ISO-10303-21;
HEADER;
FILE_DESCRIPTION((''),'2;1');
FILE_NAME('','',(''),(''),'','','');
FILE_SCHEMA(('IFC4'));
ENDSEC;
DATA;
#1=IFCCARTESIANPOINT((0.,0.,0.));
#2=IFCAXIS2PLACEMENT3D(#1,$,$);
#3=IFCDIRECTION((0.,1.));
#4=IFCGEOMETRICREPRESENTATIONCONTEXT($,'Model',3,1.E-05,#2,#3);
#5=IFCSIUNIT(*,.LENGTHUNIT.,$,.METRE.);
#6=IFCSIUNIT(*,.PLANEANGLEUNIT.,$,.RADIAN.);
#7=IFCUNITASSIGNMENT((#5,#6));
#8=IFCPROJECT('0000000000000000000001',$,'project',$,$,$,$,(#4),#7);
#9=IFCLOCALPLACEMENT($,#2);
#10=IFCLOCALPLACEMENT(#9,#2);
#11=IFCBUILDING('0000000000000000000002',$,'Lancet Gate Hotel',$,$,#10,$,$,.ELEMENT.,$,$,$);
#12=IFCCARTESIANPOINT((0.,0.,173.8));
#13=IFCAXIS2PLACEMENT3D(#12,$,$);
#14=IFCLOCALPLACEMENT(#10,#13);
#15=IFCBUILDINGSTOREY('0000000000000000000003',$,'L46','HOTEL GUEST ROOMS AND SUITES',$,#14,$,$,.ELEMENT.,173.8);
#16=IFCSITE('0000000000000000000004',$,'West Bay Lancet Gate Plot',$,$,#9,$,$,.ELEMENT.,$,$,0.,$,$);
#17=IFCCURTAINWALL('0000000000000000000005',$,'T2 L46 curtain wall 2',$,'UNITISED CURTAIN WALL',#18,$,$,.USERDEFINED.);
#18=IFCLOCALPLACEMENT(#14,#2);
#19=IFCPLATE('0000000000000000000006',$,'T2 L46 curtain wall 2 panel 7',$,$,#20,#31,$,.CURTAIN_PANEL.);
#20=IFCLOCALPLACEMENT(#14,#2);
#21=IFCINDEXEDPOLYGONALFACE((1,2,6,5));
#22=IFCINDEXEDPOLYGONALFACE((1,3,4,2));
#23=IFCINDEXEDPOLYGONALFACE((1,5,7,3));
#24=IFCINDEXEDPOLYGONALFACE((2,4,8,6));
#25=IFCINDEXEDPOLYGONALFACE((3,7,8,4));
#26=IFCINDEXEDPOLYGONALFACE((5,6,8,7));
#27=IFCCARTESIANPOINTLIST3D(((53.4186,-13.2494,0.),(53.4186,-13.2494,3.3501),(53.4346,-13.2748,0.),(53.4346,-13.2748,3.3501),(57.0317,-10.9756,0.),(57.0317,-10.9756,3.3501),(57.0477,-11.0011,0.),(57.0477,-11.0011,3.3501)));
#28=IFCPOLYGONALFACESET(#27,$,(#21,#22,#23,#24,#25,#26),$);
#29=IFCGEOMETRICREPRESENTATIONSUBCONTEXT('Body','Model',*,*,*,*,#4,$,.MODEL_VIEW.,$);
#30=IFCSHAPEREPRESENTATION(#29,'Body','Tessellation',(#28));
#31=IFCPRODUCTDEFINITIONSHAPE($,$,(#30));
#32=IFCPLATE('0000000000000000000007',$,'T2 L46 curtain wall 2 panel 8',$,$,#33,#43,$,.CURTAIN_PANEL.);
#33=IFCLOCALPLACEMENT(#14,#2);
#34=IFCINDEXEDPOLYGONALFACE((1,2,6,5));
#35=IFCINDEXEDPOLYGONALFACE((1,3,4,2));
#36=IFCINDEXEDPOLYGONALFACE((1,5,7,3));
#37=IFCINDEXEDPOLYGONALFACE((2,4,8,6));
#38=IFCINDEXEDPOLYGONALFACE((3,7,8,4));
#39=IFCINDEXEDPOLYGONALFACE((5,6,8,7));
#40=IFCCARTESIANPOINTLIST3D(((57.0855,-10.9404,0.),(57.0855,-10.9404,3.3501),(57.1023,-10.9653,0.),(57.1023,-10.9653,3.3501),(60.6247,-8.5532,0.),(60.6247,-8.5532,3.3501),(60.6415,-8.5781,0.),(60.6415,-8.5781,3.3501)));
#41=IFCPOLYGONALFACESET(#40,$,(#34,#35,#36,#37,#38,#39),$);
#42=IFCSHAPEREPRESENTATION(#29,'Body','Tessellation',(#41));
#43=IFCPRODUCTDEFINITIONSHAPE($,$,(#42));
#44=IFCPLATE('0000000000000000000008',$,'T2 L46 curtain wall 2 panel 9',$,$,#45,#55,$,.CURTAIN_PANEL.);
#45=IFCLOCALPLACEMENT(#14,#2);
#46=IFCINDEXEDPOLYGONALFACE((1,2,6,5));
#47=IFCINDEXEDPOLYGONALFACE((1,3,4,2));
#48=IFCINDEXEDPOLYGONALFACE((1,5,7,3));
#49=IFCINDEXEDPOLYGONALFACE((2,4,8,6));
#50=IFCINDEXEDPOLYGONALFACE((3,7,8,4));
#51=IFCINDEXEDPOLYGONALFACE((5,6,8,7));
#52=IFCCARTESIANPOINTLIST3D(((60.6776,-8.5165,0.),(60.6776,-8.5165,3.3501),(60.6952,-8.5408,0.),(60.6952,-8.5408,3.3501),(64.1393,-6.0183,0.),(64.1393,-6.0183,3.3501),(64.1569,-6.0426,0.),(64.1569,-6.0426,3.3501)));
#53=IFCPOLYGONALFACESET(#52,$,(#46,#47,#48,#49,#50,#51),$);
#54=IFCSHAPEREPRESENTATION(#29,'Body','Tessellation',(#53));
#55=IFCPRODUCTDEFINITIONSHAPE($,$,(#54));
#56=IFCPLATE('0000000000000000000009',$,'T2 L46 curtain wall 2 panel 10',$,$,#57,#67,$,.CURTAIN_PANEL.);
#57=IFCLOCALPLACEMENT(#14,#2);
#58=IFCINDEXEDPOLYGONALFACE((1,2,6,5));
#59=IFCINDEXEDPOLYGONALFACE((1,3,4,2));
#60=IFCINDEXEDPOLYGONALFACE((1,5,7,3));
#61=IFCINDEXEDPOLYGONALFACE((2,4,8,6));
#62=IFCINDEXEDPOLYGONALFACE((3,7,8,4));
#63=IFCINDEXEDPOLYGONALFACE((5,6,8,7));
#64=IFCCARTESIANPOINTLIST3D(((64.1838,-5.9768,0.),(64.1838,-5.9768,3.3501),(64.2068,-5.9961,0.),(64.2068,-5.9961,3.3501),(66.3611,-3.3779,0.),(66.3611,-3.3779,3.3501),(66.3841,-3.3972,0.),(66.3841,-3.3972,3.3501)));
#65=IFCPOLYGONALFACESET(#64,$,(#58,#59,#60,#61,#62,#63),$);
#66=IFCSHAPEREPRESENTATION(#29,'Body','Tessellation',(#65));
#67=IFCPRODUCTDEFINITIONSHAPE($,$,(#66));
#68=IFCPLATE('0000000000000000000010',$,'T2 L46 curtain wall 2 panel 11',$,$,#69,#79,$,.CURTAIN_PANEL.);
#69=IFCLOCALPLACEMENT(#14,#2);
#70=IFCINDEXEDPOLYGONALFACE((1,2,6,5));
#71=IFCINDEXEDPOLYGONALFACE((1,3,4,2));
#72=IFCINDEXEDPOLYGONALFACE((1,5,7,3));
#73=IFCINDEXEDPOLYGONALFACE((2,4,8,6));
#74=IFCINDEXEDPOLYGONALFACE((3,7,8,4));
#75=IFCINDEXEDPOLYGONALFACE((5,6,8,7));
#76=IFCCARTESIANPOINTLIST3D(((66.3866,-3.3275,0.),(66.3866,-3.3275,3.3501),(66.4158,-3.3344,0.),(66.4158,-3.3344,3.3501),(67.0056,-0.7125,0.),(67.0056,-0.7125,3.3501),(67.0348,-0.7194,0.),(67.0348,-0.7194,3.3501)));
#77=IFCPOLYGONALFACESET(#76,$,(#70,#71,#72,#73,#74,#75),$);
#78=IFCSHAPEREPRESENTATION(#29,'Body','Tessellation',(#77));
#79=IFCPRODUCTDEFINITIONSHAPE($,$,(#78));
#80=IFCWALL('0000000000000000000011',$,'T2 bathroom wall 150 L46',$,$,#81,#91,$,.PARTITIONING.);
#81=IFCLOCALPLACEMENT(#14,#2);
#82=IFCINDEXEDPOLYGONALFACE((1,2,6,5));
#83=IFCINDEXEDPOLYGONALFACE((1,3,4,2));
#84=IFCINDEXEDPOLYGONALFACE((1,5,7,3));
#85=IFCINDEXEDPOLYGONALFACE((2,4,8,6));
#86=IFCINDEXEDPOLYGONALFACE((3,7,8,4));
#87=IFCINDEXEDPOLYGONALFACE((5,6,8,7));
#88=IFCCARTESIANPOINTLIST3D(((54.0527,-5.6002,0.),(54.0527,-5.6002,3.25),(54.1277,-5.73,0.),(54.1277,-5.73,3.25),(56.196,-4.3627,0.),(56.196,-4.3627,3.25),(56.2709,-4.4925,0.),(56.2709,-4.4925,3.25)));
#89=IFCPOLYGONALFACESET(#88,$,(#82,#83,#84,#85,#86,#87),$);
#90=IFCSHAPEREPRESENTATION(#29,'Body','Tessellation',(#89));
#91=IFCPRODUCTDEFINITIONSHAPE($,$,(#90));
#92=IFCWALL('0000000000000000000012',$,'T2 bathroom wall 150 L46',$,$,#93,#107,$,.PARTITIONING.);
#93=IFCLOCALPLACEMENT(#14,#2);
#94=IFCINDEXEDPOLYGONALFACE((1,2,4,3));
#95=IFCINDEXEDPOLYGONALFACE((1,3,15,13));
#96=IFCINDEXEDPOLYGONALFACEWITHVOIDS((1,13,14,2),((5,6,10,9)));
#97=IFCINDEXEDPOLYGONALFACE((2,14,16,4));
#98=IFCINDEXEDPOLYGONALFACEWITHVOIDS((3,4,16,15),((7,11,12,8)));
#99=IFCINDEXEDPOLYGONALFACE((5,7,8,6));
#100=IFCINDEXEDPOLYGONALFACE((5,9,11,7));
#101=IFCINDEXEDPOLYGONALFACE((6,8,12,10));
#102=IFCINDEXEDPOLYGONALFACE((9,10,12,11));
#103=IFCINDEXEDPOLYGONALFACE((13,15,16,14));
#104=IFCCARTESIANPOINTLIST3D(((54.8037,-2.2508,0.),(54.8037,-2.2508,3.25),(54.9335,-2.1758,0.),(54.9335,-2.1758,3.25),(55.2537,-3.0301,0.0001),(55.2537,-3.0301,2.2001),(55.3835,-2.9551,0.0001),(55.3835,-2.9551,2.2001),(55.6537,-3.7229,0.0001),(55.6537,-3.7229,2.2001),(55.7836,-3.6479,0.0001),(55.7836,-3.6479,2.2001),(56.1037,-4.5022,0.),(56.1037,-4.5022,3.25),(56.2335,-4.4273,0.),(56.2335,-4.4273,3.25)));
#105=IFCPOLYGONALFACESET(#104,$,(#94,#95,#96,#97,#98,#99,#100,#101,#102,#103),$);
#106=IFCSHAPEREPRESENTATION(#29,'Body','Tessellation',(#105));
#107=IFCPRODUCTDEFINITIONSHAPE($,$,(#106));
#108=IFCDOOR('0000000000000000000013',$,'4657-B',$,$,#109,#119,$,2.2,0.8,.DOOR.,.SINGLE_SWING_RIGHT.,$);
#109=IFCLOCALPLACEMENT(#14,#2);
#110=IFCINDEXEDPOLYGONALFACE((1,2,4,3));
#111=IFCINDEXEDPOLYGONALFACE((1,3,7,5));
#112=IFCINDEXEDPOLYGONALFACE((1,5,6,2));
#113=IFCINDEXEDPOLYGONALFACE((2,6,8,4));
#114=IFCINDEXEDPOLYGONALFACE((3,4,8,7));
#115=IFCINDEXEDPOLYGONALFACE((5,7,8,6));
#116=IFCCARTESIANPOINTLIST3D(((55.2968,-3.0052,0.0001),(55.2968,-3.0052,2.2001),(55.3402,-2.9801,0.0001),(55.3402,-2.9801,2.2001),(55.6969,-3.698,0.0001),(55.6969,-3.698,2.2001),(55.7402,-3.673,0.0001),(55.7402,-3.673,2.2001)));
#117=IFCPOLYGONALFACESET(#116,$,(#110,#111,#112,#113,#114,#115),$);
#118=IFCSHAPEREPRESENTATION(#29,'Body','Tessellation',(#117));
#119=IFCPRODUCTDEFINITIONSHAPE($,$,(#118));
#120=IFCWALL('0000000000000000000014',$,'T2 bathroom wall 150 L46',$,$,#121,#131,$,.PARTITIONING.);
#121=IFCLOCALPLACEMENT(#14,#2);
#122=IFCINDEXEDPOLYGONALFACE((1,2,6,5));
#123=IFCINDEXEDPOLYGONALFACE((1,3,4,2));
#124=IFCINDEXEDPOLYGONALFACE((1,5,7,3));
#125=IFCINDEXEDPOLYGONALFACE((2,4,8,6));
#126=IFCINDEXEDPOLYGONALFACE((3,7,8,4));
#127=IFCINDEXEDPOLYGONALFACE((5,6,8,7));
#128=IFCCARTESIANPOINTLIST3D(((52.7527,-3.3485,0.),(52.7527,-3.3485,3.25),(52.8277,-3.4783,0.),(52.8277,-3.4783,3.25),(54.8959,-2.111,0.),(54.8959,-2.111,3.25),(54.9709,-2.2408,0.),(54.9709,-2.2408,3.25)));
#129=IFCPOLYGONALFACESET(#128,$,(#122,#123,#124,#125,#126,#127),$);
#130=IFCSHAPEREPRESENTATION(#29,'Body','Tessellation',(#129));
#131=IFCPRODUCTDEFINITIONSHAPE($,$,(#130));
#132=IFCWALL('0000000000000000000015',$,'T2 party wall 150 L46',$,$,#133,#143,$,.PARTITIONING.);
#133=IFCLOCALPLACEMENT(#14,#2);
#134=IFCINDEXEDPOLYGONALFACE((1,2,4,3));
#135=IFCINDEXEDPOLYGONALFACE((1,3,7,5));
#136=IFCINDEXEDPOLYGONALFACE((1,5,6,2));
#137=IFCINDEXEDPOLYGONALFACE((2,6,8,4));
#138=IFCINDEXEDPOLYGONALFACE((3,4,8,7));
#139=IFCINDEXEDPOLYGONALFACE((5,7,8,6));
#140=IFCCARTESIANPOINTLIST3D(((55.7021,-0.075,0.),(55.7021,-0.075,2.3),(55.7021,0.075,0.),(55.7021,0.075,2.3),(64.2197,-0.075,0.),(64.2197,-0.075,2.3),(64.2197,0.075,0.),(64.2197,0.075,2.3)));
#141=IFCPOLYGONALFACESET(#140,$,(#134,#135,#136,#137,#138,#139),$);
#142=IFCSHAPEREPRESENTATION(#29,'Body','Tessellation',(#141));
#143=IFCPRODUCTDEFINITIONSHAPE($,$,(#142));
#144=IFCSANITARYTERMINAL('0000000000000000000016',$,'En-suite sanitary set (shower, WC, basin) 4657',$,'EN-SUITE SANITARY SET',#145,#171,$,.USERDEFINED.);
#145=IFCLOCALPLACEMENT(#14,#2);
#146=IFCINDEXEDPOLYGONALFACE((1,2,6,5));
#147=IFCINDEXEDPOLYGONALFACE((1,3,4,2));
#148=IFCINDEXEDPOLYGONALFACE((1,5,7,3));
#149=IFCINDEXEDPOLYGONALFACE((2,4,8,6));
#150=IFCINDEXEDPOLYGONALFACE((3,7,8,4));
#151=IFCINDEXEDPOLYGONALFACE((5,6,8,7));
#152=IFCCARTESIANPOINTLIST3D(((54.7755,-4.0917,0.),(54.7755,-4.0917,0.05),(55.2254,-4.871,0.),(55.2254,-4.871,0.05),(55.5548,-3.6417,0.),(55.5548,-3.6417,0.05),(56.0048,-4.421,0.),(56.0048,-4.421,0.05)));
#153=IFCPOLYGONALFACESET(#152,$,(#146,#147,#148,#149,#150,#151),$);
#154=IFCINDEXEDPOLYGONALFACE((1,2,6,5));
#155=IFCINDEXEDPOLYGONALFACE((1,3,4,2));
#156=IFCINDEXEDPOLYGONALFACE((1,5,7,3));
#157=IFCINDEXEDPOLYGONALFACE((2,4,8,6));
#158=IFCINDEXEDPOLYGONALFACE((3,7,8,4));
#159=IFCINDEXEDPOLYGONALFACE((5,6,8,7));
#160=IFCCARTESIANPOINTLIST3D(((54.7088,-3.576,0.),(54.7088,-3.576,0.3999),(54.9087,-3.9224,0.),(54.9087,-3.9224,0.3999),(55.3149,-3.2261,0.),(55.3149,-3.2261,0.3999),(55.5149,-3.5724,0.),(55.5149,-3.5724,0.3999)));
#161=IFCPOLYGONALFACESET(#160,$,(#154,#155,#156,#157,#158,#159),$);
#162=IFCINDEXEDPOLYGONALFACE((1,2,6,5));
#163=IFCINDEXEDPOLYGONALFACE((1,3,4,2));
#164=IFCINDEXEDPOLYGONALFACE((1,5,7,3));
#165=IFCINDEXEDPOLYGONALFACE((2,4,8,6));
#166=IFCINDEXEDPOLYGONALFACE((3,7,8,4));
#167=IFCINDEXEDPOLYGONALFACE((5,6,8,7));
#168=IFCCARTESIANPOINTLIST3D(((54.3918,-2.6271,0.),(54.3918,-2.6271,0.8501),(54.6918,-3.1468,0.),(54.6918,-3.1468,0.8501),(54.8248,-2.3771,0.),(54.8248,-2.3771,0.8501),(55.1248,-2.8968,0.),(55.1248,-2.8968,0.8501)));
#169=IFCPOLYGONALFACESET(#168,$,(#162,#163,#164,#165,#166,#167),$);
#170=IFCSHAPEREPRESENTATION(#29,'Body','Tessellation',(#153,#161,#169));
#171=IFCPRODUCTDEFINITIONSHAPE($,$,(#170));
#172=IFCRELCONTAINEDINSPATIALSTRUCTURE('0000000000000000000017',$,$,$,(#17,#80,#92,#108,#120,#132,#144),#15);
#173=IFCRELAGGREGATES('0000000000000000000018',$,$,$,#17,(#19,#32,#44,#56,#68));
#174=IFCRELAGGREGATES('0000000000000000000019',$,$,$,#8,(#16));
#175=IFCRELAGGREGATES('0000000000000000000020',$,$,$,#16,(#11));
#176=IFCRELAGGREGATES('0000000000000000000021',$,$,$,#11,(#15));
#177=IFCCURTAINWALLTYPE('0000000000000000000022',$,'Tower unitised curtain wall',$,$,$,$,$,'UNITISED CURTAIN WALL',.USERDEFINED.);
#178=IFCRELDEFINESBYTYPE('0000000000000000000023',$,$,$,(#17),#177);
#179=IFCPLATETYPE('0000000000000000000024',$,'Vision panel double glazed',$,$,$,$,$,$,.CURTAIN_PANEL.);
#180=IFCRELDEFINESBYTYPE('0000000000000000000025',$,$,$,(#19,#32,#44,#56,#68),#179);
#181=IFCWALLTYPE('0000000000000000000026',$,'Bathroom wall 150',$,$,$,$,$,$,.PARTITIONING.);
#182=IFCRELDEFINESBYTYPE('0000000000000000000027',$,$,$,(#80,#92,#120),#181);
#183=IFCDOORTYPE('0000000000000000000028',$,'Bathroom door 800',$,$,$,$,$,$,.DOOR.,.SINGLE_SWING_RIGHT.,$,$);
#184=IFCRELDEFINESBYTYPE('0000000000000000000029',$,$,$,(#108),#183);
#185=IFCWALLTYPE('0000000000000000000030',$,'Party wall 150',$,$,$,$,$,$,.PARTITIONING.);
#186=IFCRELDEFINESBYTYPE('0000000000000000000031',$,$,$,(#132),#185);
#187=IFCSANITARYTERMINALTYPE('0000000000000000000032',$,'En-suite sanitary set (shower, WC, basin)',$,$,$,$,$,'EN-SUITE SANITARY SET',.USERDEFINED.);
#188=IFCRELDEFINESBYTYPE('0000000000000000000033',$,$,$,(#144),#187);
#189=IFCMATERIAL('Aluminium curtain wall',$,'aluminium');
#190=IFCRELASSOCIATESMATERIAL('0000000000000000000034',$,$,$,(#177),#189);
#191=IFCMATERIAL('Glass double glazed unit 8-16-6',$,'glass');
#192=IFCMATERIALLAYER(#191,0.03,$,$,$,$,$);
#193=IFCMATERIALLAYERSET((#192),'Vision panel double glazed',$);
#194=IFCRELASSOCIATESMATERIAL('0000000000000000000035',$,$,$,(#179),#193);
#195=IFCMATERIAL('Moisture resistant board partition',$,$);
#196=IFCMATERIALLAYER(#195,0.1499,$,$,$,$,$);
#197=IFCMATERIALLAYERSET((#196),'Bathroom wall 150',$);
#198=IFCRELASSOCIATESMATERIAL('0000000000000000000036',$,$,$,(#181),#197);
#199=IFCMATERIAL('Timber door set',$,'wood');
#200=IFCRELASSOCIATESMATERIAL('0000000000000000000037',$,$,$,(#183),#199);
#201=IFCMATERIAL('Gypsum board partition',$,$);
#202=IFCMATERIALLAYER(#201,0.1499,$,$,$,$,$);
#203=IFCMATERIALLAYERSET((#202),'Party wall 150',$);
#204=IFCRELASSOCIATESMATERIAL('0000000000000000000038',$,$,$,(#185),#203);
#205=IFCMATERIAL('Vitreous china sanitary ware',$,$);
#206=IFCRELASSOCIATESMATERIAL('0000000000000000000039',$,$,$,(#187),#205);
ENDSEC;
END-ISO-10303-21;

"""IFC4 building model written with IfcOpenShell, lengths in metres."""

from ifc_helpers import new_model, si_unit, direction, frame, frame_2d, origin, origin_2d, place, context, subcontext, project, spatial, rectangle, extrude, material, layer, layer_set, type_object, element, fill, aggregate, save


model = new_model("IFC4")

# Units and contexts
model_context = context("Model", 3, precision=1e-05, world=origin(), true_north=direction((0.0, 1.0)))
body_context = subcontext(model_context, "Body", "Model", "MODEL_VIEW")
ifc_project = project(units=[si_unit("LENGTHUNIT", "METRE"), si_unit("PLANEANGLEUNIT", "RADIAN")], contexts=[model_context])

# Site, building, storey
site_placement = place(None, origin())
site = spatial("IfcSite", under=ifc_project, at=site_placement, Name="West Bay Lancet Gate Plot", CompositionType="ELEMENT", RefElevation=0.0)
building_placement = place(site_placement, origin())
building = spatial("IfcBuilding", under=site, at=building_placement, Name="Lancet Gate Hotel", CompositionType="ELEMENT")
storey_placement = place(building_placement, frame((0.0, 0.0, 173.8)))
storey = spatial("IfcBuildingStorey", under=building, at=storey_placement, Name="L46", Description="HOTEL GUEST ROOMS AND SUITES", CompositionType="ELEMENT", Elevation=173.8)

# Curtain wall
ifc_material_1 = material(Name="Aluminium curtain wall", Category="aluminium")
curtain_wall_type = type_object("IfcCurtainWallType", Name="Tower unitised curtain wall", ElementType="UNITISED CURTAIN WALL", PredefinedType="USERDEFINED", material=ifc_material_1)
curtain_wall_placement = place(storey_placement, origin())
curtain_wall = element("IfcCurtainWall", 1, at=curtain_wall_placement, inside=storey, type_object=curtain_wall_type, Name="T2 L46 curtain wall 2", ObjectType="UNITISED CURTAIN WALL", PredefinedType="USERDEFINED")

# Plates
ifc_material_2 = material(Name="Glass double glazed unit 8-16-6", Category="glass")
ifc_layer_1 = layer(ifc_material_2, 0.03)
ifc_layer_set_1 = layer_set([ifc_layer_1], Name="Vision panel double glazed")
plate_type = type_object("IfcPlateType", Name="Vision panel double glazed", PredefinedType="CURTAIN_PANEL", material=ifc_layer_set_1)
plate_1_placement = place(storey_placement, frame((55.2332, -12.1252, 0.0), z_axis=(0.0, 0.0, 1.0), x_axis=(0.846352, 0.532623, 0.0)))
plate_1 = element("IfcPlate", 2, at=plate_1_placement, type_object=plate_type, Name="T2 L46 curtain wall 2 panel 7", PredefinedType="CURTAIN_PANEL", context=body_context, shape_type="SweptSolid", body=[
    extrude(rectangle(XDim=4.269, YDim=0.03, at=origin_2d()), origin(), (0.0, 0.0, 1.0), 3.3501),
])
plate_2_placement = place(storey_placement, frame((58.8635, -9.7593, 0.0), z_axis=(0.0, 0.0, 1.0), x_axis=(0.829039, 0.559191, 0.0)))
plate_2 = element("IfcPlate", 3, at=plate_2_placement, type_object=plate_type, Name="T2 L46 curtain wall 2 panel 8", PredefinedType="CURTAIN_PANEL", context=body_context, shape_type="SweptSolid", body=[
    extrude(rectangle(XDim=4.269, YDim=0.03, at=origin_2d()), origin(), (0.0, 0.0, 1.0), 3.3501),
])
plate_3_placement = place(storey_placement, frame((62.4172, -7.2795, 0.0), z_axis=(0.0, 0.0, 1.0), x_axis=(0.810891, 0.585197, 0.0)))
plate_3 = element("IfcPlate", 4, at=plate_3_placement, type_object=plate_type, Name="T2 L46 curtain wall 2 panel 9", PredefinedType="CURTAIN_PANEL", context=body_context, shape_type="SweptSolid", body=[
    extrude(rectangle(XDim=4.269, YDim=0.03, at=origin_2d()), origin(), (0.0, 0.0, 1.0), 3.3501),
])
plate_4_placement = place(storey_placement, frame((65.2839, -4.687, 0.0), z_axis=(0.0, 0.0, 1.0), x_axis=(0.642199, 0.766538, 0.0)))
plate_4 = element("IfcPlate", 5, at=plate_4_placement, type_object=plate_type, Name="T2 L46 curtain wall 2 panel 10", PredefinedType="CURTAIN_PANEL", context=body_context, shape_type="SweptSolid", body=[
    extrude(rectangle(XDim=3.3904, YDim=0.03, at=origin_2d()), origin(), (0.0, 0.0, 1.0), 3.3501),
])
plate_5_placement = place(storey_placement, frame((66.7107, -2.0234, 0.0), z_axis=(0.0, 0.0, 1.0), x_axis=(0.230367, 0.973104, 0.0)))
plate_5 = element("IfcPlate", 6, at=plate_5_placement, type_object=plate_type, Name="T2 L46 curtain wall 2 panel 11", PredefinedType="CURTAIN_PANEL", context=body_context, shape_type="SweptSolid", body=[
    extrude(rectangle(XDim=2.6873, YDim=0.03, at=origin_2d()), origin(), (0.0, 0.0, 1.0), 3.3501),
])
aggregate(curtain_wall, [plate_1, plate_2, plate_3, plate_4, plate_5])

# Wall
ifc_material_3 = material(Name="Moisture resistant board partition")
ifc_layer_2 = layer(ifc_material_3, 0.1499)
ifc_layer_set_2 = layer_set([ifc_layer_2], Name="Bathroom wall 150")
wall_type_1 = type_object("IfcWallType", Name="Bathroom wall 150", PredefinedType="PARTITIONING", material=ifc_layer_set_2)
wall_1_placement = place(storey_placement, frame((54.0903, -5.665, 0.0), z_axis=(0.0, 0.0, 1.0), x_axis=(0.866007, 0.500033, 0.0)))
element("IfcWall", 7, at=wall_1_placement, inside=storey, type_object=wall_type_1, Name="T2 bathroom wall 150 L46", PredefinedType="PARTITIONING", context=body_context, shape_type="SweptSolid", body=[
    extrude(rectangle(XDim=2.4749, YDim=0.1499, at=frame_2d((1.2373, 0.0))), origin(), (0.0, 0.0, 1.0), 3.25),
])

# Wall, opening, door
wall_2_placement = place(storey_placement, frame((54.8687, -2.2134, 0.0), z_axis=(0.0, 0.0, 1.0), x_axis=(0.500048, -0.865998, 0.0)))
wall_2 = element("IfcWall", 8, at=wall_2_placement, inside=storey, type_object=wall_type_1, Name="T2 bathroom wall 150 L46", PredefinedType="PARTITIONING", context=body_context, shape_type="SweptSolid", body=[
    extrude(rectangle(XDim=2.5999, YDim=0.1499, at=frame_2d((1.2998, 0.0))), origin(), (0.0, 0.0, 1.0), 3.25),
])
opening_placement = place(wall_2_placement, frame((0.8999, 0.0, 0.0)))
opening = element("IfcOpeningElement", 9, at=opening_placement, cuts=wall_2, PredefinedType="OPENING", context=body_context, shape_type="SweptSolid", body=[
    extrude(rectangle(XDim=0.8, YDim=2.2, at=frame_2d((0.3999, 1.1001))), frame((0.0, 0.085, 0.0), z_axis=(0.0, -1.0, 0.0), x_axis=(1.0, 0.0, 0.0)), (0.0, 0.0, 1.0), 0.1699),
])
ifc_material_4 = material(Name="Timber door set", Category="wood")
door_type = type_object("IfcDoorType", Name="Bathroom door 800", OperationType="SINGLE_SWING_RIGHT", PredefinedType="DOOR", material=ifc_material_4)
door_placement = place(opening_placement, origin())
door = element("IfcDoor", 10, at=door_placement, inside=storey, type_object=door_type, Name="4657-B", OperationType="SINGLE_SWING_RIGHT", OverallHeight=2.2, OverallWidth=0.8, PredefinedType="DOOR", context=body_context, shape_type="SweptSolid", body=[
    extrude(rectangle(XDim=0.8, YDim=2.2, at=frame_2d((0.3999, 1.1001))), frame((0.0, 0.0249, 0.0), z_axis=(0.0, -1.0, 0.0), x_axis=(1.0, 0.0, 0.0)), (0.0, 0.0, 1.0), 0.05),
])
fill(opening, door)

# Walls
wall_3_placement = place(storey_placement, frame((52.7903, -3.4133, 0.0), z_axis=(0.0, 0.0, 1.0), x_axis=(0.866007, 0.500033, 0.0)))
element("IfcWall", 11, at=wall_3_placement, inside=storey, type_object=wall_type_1, Name="T2 bathroom wall 150 L46", PredefinedType="PARTITIONING", context=body_context, shape_type="SweptSolid", body=[
    extrude(rectangle(XDim=2.4749, YDim=0.1499, at=frame_2d((1.2373, 0.0))), origin(), (0.0, 0.0, 1.0), 3.25),
])
ifc_material_5 = material(Name="Gypsum board partition")
ifc_layer_3 = layer(ifc_material_5, 0.1499)
ifc_layer_set_3 = layer_set([ifc_layer_3], Name="Party wall 150")
wall_type_2 = type_object("IfcWallType", Name="Party wall 150", PredefinedType="PARTITIONING", material=ifc_layer_set_3)
wall_4_placement = place(storey_placement, frame((55.7021, 0.0, 0.0), z_axis=(0.0, 0.0, 1.0), x_axis=(1.0, 0.0, 0.0)))
element("IfcWall", 12, at=wall_4_placement, inside=storey, type_object=wall_type_2, Name="T2 party wall 150 L46", PredefinedType="PARTITIONING", context=body_context, shape_type="SweptSolid", body=[
    extrude(rectangle(XDim=8.5176, YDim=0.1499, at=frame_2d((4.2588, 0.0))), origin(), (0.0, 0.0, 1.0), 2.3),
])

# Sanitary terminal
ifc_material_6 = material(Name="Vitreous china sanitary ware")
sanitary_terminal_type = type_object("IfcSanitaryTerminalType", Name="En-suite sanitary set (shower, WC, basin)", ElementType="EN-SUITE SANITARY SET", PredefinedType="USERDEFINED", material=ifc_material_6)
sanitary_terminal_placement = place(storey_placement, frame((55.3901, -4.2563, 0.0), z_axis=(0.0, 0.0, 1.0), x_axis=(1.0, 0.0, 0.0)))
element("IfcSanitaryTerminal", 13, at=sanitary_terminal_placement, inside=storey, type_object=sanitary_terminal_type, Name="En-suite sanitary set (shower, WC, basin) 4657", ObjectType="EN-SUITE SANITARY SET", PredefinedType="USERDEFINED", context=body_context, shape_type="SweptSolid", body=[
    extrude(rectangle(XDim=0.8999, YDim=0.8999, at=origin_2d()), frame((0.0, 0.0, 0.0), z_axis=(0.0, 0.0, 1.0), x_axis=(0.5, -0.866025, 0.0)), (0.0, 0.0, 1.0), 0.05),
    extrude(rectangle(XDim=0.3999, YDim=0.7, at=origin_2d()), frame((-0.2783, 0.6821, 0.0), z_axis=(0.0, 0.0, 1.0), x_axis=(0.5, -0.866025, 0.0)), (0.0, 0.0, 1.0), 0.3999),
    extrude(rectangle(XDim=0.6001, YDim=0.5, at=origin_2d()), frame((-0.6318, 1.4944, 0.0), z_axis=(0.0, 0.0, 1.0), x_axis=(0.5, -0.866025, 0.0)), (0.0, 0.0, 1.0), 0.8501),
])

save(model, "model.ifc")
